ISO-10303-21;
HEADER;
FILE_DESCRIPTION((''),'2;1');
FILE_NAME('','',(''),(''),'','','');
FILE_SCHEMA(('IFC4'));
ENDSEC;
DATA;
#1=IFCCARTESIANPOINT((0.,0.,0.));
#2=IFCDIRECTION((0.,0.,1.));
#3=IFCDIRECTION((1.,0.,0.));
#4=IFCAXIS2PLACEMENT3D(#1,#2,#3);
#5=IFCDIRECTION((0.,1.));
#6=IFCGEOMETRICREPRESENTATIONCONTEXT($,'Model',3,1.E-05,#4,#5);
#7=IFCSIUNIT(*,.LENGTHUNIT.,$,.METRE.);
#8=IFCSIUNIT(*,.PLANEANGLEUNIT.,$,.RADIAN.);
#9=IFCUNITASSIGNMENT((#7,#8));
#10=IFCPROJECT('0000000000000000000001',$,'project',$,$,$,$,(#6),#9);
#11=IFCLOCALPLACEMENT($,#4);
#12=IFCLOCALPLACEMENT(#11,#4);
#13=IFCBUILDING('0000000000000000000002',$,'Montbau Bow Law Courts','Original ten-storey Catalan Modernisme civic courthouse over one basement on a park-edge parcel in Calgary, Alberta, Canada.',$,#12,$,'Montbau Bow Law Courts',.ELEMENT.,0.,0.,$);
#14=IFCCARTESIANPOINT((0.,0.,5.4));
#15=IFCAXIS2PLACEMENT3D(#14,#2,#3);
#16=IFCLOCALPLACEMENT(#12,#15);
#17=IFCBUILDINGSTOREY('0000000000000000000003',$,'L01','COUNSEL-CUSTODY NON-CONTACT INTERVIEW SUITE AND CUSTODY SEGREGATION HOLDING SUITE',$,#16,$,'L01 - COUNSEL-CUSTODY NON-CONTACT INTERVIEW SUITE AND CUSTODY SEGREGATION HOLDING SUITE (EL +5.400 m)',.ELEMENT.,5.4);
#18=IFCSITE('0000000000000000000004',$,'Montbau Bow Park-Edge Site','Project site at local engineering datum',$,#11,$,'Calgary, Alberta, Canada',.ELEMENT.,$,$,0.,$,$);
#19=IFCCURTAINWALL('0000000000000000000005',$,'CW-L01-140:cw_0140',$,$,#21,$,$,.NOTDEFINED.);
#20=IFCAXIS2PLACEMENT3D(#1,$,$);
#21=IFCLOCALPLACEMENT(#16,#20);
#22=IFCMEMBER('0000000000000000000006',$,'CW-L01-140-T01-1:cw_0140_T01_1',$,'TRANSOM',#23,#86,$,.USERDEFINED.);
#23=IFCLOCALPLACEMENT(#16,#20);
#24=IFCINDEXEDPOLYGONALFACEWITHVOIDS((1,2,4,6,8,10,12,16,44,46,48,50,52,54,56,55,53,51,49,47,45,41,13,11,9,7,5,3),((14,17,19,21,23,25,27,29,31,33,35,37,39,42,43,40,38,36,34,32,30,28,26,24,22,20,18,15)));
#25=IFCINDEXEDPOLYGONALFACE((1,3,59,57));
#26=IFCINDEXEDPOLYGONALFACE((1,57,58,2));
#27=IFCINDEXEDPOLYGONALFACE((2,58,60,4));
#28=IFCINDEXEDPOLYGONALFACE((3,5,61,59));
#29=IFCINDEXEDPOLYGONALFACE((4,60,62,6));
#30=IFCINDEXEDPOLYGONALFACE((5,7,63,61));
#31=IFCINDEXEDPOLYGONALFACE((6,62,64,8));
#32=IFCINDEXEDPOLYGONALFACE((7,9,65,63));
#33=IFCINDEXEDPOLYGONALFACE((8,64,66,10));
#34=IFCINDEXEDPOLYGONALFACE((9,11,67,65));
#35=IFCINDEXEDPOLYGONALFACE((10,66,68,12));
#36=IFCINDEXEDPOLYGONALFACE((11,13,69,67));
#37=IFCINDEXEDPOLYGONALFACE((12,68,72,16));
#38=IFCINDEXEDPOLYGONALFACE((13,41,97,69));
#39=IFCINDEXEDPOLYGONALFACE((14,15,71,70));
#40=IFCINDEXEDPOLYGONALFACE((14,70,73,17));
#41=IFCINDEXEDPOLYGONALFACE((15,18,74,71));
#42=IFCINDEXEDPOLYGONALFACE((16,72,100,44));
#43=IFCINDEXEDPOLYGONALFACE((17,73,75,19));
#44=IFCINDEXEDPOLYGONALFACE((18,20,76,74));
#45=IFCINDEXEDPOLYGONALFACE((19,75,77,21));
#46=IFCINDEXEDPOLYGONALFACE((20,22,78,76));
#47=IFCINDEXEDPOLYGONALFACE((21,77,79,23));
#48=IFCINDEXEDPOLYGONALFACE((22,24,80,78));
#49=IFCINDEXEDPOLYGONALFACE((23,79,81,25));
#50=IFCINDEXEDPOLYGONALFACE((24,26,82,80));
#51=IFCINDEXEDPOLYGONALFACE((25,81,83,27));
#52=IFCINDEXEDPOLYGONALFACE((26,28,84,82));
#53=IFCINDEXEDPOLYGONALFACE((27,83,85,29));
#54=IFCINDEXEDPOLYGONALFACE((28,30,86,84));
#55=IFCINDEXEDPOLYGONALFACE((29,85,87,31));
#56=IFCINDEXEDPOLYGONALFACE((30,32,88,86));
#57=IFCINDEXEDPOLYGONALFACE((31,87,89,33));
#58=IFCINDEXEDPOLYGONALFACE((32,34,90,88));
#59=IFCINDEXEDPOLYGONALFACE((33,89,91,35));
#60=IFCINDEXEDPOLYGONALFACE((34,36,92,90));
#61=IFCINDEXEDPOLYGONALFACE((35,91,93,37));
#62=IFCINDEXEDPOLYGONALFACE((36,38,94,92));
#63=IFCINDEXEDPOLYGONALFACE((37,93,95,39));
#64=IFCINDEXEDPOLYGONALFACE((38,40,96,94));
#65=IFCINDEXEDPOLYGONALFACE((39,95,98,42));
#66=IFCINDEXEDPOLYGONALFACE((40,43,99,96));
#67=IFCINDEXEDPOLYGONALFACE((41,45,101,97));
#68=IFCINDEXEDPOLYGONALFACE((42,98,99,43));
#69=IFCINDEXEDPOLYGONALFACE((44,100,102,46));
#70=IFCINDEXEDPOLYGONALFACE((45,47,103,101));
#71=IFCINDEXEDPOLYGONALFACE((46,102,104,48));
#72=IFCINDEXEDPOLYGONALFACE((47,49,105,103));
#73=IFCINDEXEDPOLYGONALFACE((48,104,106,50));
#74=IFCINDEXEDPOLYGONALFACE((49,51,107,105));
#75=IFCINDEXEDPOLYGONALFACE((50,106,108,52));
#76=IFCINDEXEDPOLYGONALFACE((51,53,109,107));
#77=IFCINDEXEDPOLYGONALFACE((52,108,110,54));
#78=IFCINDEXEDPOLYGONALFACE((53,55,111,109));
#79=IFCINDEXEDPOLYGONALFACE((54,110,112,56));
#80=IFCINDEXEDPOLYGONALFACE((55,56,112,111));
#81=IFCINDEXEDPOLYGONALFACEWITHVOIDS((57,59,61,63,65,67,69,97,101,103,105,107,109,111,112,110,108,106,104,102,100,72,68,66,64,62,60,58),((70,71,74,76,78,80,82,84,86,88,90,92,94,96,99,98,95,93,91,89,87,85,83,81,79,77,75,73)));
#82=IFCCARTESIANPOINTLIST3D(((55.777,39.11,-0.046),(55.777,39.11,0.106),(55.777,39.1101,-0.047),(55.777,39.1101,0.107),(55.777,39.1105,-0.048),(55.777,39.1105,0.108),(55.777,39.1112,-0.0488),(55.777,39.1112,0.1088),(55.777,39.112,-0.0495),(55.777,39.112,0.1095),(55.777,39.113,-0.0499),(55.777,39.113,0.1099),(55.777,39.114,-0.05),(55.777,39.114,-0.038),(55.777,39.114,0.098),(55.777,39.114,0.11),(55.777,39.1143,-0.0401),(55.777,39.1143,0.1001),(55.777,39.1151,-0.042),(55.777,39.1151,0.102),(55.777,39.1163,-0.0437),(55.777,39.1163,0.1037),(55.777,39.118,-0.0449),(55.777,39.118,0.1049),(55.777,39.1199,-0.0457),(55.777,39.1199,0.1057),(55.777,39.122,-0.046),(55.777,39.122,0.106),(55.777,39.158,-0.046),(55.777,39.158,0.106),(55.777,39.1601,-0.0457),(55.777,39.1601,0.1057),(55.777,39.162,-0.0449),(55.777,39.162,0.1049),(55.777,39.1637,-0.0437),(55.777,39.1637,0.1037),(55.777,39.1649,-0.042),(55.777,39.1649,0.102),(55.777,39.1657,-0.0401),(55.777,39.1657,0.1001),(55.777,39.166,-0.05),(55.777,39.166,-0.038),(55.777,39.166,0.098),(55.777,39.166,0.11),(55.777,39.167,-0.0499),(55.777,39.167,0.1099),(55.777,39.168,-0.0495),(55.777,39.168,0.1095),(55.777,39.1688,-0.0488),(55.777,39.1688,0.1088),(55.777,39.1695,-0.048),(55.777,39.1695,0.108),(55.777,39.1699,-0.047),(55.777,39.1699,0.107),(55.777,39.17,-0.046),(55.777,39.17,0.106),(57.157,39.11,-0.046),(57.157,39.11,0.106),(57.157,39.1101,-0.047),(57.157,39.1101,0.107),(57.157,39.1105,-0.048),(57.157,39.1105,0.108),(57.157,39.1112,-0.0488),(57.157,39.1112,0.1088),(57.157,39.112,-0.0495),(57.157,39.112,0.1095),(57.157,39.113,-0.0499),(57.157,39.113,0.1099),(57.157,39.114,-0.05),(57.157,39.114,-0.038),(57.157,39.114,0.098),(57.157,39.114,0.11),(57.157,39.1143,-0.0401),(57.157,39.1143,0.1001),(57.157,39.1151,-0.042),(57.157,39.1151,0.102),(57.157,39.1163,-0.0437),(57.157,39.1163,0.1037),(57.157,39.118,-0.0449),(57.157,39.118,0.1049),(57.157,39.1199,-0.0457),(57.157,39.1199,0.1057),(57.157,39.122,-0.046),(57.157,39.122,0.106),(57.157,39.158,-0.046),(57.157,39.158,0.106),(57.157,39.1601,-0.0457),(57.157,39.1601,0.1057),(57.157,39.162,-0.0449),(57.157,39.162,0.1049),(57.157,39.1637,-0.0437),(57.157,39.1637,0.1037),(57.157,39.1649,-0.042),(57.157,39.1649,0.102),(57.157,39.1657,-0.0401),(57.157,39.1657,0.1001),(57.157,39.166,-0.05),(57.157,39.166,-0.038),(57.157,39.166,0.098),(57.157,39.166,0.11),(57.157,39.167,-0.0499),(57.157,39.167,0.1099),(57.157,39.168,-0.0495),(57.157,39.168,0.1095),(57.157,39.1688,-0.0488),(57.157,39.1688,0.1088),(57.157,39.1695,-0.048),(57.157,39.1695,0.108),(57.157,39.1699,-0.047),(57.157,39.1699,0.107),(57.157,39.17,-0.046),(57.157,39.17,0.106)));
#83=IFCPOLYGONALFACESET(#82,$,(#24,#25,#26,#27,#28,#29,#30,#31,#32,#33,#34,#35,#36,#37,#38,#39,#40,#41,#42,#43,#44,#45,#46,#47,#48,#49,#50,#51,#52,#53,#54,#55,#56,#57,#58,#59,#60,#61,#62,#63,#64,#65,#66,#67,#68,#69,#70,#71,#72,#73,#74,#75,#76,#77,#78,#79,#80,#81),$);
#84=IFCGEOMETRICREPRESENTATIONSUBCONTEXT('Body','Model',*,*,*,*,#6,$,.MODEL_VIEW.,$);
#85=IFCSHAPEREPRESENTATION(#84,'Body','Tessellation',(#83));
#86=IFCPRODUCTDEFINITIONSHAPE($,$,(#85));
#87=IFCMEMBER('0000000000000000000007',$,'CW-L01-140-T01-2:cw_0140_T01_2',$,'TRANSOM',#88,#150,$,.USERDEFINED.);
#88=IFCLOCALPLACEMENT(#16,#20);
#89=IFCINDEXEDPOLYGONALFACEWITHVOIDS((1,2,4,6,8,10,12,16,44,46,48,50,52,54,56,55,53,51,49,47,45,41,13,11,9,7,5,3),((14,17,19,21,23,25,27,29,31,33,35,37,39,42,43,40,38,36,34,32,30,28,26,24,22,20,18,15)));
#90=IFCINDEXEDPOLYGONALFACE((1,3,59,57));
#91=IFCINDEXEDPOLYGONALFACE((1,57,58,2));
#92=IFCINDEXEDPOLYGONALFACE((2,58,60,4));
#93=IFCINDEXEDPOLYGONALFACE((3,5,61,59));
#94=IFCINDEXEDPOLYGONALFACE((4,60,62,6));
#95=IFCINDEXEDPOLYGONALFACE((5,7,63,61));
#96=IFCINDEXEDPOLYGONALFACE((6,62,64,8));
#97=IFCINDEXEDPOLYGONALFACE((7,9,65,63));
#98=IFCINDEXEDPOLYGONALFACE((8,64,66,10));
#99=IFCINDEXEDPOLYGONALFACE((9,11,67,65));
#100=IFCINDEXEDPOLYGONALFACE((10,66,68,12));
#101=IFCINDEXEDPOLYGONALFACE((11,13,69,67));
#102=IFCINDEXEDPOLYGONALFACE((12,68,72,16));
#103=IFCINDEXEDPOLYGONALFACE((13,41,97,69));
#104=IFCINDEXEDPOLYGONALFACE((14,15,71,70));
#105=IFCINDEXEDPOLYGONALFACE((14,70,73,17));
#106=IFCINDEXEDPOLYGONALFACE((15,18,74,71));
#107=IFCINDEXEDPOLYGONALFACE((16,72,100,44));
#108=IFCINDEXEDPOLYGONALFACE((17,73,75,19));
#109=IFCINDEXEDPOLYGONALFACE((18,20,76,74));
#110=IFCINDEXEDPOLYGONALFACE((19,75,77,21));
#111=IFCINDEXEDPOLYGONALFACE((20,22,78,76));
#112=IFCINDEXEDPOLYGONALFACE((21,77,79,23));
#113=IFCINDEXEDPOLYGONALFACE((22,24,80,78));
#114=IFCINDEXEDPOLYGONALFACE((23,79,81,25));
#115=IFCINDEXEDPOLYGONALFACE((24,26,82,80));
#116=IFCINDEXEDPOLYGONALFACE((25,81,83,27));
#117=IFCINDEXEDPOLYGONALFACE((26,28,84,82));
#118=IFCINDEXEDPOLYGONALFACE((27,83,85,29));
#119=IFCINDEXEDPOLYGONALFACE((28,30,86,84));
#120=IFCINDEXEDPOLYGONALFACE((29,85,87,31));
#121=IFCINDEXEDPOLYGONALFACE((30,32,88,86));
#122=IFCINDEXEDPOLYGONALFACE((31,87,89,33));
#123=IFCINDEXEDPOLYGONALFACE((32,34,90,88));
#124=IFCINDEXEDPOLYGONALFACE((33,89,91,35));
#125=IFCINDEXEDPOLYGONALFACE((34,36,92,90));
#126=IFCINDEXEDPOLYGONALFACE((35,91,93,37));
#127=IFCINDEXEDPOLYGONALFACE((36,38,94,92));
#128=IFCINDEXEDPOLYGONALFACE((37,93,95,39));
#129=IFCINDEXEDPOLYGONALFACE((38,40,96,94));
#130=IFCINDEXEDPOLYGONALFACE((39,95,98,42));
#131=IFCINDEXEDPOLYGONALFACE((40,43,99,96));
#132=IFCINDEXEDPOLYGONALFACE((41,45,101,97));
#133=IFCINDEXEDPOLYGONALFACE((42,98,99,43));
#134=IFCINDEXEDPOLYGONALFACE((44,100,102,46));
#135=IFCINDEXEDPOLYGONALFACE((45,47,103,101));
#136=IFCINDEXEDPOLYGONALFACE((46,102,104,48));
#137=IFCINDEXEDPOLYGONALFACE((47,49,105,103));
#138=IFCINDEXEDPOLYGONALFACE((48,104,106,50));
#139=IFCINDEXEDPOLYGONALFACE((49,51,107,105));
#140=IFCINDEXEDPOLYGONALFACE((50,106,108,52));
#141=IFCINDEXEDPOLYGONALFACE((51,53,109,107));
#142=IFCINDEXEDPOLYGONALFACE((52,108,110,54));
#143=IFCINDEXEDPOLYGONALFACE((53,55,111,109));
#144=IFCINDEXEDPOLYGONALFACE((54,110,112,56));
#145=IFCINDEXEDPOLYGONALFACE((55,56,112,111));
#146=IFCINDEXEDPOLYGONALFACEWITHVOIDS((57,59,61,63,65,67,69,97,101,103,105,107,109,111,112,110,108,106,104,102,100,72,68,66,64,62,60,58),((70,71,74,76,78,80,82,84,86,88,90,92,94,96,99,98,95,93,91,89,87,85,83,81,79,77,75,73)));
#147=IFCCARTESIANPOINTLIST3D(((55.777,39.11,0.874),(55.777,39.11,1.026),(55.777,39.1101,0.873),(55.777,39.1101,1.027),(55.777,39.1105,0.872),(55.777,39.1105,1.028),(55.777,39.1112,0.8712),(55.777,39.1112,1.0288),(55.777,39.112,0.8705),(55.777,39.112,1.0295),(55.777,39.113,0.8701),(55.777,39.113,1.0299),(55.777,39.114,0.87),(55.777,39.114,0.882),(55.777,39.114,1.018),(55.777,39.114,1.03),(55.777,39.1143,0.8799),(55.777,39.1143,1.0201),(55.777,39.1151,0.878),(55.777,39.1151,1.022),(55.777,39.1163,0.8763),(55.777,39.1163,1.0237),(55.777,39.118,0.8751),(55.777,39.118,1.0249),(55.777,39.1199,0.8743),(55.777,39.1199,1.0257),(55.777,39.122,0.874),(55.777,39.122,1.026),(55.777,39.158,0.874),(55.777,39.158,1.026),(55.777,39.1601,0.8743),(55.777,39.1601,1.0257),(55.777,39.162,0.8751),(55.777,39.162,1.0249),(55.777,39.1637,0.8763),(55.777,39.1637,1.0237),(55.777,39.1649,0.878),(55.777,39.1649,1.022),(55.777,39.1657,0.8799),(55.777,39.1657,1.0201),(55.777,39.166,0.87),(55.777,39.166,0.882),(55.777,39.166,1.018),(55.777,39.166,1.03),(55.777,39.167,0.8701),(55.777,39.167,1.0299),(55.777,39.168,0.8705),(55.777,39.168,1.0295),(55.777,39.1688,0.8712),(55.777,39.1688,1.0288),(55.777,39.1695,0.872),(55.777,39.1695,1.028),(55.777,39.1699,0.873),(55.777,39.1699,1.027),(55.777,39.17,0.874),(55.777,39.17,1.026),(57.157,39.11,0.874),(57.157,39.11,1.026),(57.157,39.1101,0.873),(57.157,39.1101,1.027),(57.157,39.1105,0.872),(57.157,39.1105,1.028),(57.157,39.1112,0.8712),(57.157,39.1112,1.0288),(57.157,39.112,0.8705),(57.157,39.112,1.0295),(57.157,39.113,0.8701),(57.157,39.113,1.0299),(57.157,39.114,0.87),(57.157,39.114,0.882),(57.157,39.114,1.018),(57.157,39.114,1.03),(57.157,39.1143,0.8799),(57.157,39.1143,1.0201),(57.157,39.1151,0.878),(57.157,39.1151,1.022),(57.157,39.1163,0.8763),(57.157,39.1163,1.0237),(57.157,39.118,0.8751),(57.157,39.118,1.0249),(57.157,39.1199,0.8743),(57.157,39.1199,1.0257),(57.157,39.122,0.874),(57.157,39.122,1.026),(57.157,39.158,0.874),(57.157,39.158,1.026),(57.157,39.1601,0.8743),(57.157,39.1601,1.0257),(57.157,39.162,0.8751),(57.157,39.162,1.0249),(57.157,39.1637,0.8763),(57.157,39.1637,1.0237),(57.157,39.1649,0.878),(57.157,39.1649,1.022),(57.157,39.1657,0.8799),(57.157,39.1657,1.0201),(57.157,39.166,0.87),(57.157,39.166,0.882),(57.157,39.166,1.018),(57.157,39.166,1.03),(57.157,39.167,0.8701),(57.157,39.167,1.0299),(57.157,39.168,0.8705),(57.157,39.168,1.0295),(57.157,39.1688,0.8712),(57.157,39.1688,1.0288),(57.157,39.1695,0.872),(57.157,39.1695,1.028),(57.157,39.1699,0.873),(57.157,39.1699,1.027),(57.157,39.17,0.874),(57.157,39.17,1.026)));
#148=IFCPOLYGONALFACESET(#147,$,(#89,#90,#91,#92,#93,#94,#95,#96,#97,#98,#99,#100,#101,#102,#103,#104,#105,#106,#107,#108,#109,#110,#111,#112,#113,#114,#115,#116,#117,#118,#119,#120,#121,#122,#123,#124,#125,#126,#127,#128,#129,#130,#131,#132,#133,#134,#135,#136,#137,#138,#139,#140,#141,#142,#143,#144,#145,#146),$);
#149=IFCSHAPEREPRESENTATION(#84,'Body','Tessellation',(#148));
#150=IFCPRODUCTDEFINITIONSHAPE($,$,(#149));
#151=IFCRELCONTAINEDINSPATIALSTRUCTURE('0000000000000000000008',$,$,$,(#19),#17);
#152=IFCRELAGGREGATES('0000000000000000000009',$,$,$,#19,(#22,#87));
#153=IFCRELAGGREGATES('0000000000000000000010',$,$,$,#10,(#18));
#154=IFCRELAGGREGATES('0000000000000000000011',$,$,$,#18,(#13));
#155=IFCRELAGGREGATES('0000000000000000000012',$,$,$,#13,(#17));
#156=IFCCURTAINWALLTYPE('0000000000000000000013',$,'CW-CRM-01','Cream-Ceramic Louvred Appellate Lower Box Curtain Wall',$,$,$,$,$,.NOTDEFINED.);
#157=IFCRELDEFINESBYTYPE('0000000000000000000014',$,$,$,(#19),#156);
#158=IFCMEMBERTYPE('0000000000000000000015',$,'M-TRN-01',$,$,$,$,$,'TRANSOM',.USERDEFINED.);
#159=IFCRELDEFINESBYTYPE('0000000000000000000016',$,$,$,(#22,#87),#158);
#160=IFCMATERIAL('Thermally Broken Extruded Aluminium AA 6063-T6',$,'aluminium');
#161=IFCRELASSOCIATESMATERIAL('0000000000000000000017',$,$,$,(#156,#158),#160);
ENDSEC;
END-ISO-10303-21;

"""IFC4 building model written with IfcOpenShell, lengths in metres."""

from ifc_helpers import new_model, si_unit, direction, frame, origin_with_axes, origin_2d_with_axis, place, context, subcontext, project, spatial, hollow_rectangle, extrude, material, material_profile, profile_set, type_object, element, aggregate, save


model = new_model("IFC4")

# Units and contexts
model_context = context("Model", 3, precision=1e-05, world=origin_with_axes(), true_north=direction((0.0, 1.0)))
body_context = subcontext(model_context, "Body", "Model", "MODEL_VIEW")
ifc_project = project(units=[si_unit("LENGTHUNIT", "METRE"), si_unit("PLANEANGLEUNIT", "RADIAN")], contexts=[model_context])

# Site, building, storey
site_placement = place(None, origin_with_axes())
site = spatial("IfcSite", under=ifc_project, at=site_placement, Name="Montbau Bow Park-Edge Site", Description="Project site at local engineering datum", LongName="Calgary, Alberta, Canada", CompositionType="ELEMENT", RefElevation=0.0)
building_placement = place(site_placement, origin_with_axes())
building = spatial("IfcBuilding", under=site, at=building_placement, Name="Montbau Bow Law Courts", Description="Original ten-storey Catalan Modernisme civic courthouse over one basement on a park-edge parcel in Calgary, Alberta, Canada.", LongName="Montbau Bow Law Courts", CompositionType="ELEMENT", ElevationOfRefHeight=0.0, ElevationOfTerrain=0.0)
storey_placement = place(building_placement, frame((0.0, 0.0, 5.4), z_axis=(0.0, 0.0, 1.0), x_axis=(1.0, 0.0, 0.0)))
storey = spatial("IfcBuildingStorey", under=building, at=storey_placement, Name="L01", Description="COUNSEL-CUSTODY NON-CONTACT INTERVIEW SUITE AND CUSTODY SEGREGATION HOLDING SUITE", LongName="L01 - COUNSEL-CUSTODY NON-CONTACT INTERVIEW SUITE AND CUSTODY SEGREGATION HOLDING SUITE (EL +5.400 m)", CompositionType="ELEMENT", Elevation=5.4)

# Shared definitions
ifc_material_1 = material(Name="Thermally Broken Extruded Aluminium AA 6063-T6", Category="aluminium")
curtain_wall_type = type_object("IfcCurtainWallType", Name="CW-CRM-01", Description="Cream-Ceramic Louvred Appellate Lower Box Curtain Wall", PredefinedType="NOTDEFINED", material=ifc_material_1)

# Curtain wall, members
curtain_wall_1_placement = place(None, frame((55.715, 39.14, 5.4), z_axis=(0.0, 0.0, 1.0), x_axis=(1.0, 0.0, 0.0)))
curtain_wall_1 = element("IfcCurtainWall", 1, at=curtain_wall_1_placement, inside=storey, type_object=curtain_wall_type, Name="CW-L01-140:cw_0140", PredefinedType="NOTDEFINED")
ifc_material_profile_1 = material_profile(ifc_material_1, hollow_rectangle(XDim=0.06, YDim=0.16, WallThickness=0.004, InnerFilletRadius=0.008, OuterFilletRadius=0.004, at=origin_2d_with_axis()), Name="CWT-160X60", Category="Main", Priority=0)
ifc_profile_set_1 = profile_set([ifc_material_profile_1], Name="Thermally Broken Extruded Aluminium AA 6063-T6")
member_type_1 = type_object("IfcMemberType", Name="M-TRN-01", ElementType="TRANSOM", PredefinedType="USERDEFINED", material=ifc_profile_set_1)
member_1_placement = place(None, frame((55.777, 39.14, 5.43), z_axis=(1.0, 0.0, 0.0), x_axis=(0.0, 1.0, 0.0)))
member_1 = element("IfcMember", 2, at=member_1_placement, type_object=member_type_1, Name="CW-L01-140-T01-1:cw_0140_T01_1", ObjectType="TRANSOM", PredefinedType="USERDEFINED", context=body_context, shape_type="SweptSolid", body=[
    extrude(hollow_rectangle(XDim=0.06, YDim=0.16, WallThickness=0.004, InnerFilletRadius=0.008, OuterFilletRadius=0.004, at=origin_2d_with_axis()), origin_with_axes(), (0.0, 0.0, 1.0), 1.38),
])
member_2_placement = place(None, frame((55.777, 39.14, 6.35), z_axis=(1.0, 0.0, 0.0), x_axis=(0.0, 1.0, 0.0)))
member_2 = element("IfcMember", 3, at=member_2_placement, type_object=member_type_1, Name="CW-L01-140-T01-2:cw_0140_T01_2", ObjectType="TRANSOM", PredefinedType="USERDEFINED", context=body_context, shape_type="SweptSolid", body=[
    extrude(hollow_rectangle(XDim=0.06, YDim=0.16, WallThickness=0.004, InnerFilletRadius=0.008, OuterFilletRadius=0.004, at=origin_2d_with_axis()), origin_with_axes(), (0.0, 0.0, 1.0), 1.38),
])
aggregate(curtain_wall_1, [member_1, member_2])

save(model, "model.ifc")
